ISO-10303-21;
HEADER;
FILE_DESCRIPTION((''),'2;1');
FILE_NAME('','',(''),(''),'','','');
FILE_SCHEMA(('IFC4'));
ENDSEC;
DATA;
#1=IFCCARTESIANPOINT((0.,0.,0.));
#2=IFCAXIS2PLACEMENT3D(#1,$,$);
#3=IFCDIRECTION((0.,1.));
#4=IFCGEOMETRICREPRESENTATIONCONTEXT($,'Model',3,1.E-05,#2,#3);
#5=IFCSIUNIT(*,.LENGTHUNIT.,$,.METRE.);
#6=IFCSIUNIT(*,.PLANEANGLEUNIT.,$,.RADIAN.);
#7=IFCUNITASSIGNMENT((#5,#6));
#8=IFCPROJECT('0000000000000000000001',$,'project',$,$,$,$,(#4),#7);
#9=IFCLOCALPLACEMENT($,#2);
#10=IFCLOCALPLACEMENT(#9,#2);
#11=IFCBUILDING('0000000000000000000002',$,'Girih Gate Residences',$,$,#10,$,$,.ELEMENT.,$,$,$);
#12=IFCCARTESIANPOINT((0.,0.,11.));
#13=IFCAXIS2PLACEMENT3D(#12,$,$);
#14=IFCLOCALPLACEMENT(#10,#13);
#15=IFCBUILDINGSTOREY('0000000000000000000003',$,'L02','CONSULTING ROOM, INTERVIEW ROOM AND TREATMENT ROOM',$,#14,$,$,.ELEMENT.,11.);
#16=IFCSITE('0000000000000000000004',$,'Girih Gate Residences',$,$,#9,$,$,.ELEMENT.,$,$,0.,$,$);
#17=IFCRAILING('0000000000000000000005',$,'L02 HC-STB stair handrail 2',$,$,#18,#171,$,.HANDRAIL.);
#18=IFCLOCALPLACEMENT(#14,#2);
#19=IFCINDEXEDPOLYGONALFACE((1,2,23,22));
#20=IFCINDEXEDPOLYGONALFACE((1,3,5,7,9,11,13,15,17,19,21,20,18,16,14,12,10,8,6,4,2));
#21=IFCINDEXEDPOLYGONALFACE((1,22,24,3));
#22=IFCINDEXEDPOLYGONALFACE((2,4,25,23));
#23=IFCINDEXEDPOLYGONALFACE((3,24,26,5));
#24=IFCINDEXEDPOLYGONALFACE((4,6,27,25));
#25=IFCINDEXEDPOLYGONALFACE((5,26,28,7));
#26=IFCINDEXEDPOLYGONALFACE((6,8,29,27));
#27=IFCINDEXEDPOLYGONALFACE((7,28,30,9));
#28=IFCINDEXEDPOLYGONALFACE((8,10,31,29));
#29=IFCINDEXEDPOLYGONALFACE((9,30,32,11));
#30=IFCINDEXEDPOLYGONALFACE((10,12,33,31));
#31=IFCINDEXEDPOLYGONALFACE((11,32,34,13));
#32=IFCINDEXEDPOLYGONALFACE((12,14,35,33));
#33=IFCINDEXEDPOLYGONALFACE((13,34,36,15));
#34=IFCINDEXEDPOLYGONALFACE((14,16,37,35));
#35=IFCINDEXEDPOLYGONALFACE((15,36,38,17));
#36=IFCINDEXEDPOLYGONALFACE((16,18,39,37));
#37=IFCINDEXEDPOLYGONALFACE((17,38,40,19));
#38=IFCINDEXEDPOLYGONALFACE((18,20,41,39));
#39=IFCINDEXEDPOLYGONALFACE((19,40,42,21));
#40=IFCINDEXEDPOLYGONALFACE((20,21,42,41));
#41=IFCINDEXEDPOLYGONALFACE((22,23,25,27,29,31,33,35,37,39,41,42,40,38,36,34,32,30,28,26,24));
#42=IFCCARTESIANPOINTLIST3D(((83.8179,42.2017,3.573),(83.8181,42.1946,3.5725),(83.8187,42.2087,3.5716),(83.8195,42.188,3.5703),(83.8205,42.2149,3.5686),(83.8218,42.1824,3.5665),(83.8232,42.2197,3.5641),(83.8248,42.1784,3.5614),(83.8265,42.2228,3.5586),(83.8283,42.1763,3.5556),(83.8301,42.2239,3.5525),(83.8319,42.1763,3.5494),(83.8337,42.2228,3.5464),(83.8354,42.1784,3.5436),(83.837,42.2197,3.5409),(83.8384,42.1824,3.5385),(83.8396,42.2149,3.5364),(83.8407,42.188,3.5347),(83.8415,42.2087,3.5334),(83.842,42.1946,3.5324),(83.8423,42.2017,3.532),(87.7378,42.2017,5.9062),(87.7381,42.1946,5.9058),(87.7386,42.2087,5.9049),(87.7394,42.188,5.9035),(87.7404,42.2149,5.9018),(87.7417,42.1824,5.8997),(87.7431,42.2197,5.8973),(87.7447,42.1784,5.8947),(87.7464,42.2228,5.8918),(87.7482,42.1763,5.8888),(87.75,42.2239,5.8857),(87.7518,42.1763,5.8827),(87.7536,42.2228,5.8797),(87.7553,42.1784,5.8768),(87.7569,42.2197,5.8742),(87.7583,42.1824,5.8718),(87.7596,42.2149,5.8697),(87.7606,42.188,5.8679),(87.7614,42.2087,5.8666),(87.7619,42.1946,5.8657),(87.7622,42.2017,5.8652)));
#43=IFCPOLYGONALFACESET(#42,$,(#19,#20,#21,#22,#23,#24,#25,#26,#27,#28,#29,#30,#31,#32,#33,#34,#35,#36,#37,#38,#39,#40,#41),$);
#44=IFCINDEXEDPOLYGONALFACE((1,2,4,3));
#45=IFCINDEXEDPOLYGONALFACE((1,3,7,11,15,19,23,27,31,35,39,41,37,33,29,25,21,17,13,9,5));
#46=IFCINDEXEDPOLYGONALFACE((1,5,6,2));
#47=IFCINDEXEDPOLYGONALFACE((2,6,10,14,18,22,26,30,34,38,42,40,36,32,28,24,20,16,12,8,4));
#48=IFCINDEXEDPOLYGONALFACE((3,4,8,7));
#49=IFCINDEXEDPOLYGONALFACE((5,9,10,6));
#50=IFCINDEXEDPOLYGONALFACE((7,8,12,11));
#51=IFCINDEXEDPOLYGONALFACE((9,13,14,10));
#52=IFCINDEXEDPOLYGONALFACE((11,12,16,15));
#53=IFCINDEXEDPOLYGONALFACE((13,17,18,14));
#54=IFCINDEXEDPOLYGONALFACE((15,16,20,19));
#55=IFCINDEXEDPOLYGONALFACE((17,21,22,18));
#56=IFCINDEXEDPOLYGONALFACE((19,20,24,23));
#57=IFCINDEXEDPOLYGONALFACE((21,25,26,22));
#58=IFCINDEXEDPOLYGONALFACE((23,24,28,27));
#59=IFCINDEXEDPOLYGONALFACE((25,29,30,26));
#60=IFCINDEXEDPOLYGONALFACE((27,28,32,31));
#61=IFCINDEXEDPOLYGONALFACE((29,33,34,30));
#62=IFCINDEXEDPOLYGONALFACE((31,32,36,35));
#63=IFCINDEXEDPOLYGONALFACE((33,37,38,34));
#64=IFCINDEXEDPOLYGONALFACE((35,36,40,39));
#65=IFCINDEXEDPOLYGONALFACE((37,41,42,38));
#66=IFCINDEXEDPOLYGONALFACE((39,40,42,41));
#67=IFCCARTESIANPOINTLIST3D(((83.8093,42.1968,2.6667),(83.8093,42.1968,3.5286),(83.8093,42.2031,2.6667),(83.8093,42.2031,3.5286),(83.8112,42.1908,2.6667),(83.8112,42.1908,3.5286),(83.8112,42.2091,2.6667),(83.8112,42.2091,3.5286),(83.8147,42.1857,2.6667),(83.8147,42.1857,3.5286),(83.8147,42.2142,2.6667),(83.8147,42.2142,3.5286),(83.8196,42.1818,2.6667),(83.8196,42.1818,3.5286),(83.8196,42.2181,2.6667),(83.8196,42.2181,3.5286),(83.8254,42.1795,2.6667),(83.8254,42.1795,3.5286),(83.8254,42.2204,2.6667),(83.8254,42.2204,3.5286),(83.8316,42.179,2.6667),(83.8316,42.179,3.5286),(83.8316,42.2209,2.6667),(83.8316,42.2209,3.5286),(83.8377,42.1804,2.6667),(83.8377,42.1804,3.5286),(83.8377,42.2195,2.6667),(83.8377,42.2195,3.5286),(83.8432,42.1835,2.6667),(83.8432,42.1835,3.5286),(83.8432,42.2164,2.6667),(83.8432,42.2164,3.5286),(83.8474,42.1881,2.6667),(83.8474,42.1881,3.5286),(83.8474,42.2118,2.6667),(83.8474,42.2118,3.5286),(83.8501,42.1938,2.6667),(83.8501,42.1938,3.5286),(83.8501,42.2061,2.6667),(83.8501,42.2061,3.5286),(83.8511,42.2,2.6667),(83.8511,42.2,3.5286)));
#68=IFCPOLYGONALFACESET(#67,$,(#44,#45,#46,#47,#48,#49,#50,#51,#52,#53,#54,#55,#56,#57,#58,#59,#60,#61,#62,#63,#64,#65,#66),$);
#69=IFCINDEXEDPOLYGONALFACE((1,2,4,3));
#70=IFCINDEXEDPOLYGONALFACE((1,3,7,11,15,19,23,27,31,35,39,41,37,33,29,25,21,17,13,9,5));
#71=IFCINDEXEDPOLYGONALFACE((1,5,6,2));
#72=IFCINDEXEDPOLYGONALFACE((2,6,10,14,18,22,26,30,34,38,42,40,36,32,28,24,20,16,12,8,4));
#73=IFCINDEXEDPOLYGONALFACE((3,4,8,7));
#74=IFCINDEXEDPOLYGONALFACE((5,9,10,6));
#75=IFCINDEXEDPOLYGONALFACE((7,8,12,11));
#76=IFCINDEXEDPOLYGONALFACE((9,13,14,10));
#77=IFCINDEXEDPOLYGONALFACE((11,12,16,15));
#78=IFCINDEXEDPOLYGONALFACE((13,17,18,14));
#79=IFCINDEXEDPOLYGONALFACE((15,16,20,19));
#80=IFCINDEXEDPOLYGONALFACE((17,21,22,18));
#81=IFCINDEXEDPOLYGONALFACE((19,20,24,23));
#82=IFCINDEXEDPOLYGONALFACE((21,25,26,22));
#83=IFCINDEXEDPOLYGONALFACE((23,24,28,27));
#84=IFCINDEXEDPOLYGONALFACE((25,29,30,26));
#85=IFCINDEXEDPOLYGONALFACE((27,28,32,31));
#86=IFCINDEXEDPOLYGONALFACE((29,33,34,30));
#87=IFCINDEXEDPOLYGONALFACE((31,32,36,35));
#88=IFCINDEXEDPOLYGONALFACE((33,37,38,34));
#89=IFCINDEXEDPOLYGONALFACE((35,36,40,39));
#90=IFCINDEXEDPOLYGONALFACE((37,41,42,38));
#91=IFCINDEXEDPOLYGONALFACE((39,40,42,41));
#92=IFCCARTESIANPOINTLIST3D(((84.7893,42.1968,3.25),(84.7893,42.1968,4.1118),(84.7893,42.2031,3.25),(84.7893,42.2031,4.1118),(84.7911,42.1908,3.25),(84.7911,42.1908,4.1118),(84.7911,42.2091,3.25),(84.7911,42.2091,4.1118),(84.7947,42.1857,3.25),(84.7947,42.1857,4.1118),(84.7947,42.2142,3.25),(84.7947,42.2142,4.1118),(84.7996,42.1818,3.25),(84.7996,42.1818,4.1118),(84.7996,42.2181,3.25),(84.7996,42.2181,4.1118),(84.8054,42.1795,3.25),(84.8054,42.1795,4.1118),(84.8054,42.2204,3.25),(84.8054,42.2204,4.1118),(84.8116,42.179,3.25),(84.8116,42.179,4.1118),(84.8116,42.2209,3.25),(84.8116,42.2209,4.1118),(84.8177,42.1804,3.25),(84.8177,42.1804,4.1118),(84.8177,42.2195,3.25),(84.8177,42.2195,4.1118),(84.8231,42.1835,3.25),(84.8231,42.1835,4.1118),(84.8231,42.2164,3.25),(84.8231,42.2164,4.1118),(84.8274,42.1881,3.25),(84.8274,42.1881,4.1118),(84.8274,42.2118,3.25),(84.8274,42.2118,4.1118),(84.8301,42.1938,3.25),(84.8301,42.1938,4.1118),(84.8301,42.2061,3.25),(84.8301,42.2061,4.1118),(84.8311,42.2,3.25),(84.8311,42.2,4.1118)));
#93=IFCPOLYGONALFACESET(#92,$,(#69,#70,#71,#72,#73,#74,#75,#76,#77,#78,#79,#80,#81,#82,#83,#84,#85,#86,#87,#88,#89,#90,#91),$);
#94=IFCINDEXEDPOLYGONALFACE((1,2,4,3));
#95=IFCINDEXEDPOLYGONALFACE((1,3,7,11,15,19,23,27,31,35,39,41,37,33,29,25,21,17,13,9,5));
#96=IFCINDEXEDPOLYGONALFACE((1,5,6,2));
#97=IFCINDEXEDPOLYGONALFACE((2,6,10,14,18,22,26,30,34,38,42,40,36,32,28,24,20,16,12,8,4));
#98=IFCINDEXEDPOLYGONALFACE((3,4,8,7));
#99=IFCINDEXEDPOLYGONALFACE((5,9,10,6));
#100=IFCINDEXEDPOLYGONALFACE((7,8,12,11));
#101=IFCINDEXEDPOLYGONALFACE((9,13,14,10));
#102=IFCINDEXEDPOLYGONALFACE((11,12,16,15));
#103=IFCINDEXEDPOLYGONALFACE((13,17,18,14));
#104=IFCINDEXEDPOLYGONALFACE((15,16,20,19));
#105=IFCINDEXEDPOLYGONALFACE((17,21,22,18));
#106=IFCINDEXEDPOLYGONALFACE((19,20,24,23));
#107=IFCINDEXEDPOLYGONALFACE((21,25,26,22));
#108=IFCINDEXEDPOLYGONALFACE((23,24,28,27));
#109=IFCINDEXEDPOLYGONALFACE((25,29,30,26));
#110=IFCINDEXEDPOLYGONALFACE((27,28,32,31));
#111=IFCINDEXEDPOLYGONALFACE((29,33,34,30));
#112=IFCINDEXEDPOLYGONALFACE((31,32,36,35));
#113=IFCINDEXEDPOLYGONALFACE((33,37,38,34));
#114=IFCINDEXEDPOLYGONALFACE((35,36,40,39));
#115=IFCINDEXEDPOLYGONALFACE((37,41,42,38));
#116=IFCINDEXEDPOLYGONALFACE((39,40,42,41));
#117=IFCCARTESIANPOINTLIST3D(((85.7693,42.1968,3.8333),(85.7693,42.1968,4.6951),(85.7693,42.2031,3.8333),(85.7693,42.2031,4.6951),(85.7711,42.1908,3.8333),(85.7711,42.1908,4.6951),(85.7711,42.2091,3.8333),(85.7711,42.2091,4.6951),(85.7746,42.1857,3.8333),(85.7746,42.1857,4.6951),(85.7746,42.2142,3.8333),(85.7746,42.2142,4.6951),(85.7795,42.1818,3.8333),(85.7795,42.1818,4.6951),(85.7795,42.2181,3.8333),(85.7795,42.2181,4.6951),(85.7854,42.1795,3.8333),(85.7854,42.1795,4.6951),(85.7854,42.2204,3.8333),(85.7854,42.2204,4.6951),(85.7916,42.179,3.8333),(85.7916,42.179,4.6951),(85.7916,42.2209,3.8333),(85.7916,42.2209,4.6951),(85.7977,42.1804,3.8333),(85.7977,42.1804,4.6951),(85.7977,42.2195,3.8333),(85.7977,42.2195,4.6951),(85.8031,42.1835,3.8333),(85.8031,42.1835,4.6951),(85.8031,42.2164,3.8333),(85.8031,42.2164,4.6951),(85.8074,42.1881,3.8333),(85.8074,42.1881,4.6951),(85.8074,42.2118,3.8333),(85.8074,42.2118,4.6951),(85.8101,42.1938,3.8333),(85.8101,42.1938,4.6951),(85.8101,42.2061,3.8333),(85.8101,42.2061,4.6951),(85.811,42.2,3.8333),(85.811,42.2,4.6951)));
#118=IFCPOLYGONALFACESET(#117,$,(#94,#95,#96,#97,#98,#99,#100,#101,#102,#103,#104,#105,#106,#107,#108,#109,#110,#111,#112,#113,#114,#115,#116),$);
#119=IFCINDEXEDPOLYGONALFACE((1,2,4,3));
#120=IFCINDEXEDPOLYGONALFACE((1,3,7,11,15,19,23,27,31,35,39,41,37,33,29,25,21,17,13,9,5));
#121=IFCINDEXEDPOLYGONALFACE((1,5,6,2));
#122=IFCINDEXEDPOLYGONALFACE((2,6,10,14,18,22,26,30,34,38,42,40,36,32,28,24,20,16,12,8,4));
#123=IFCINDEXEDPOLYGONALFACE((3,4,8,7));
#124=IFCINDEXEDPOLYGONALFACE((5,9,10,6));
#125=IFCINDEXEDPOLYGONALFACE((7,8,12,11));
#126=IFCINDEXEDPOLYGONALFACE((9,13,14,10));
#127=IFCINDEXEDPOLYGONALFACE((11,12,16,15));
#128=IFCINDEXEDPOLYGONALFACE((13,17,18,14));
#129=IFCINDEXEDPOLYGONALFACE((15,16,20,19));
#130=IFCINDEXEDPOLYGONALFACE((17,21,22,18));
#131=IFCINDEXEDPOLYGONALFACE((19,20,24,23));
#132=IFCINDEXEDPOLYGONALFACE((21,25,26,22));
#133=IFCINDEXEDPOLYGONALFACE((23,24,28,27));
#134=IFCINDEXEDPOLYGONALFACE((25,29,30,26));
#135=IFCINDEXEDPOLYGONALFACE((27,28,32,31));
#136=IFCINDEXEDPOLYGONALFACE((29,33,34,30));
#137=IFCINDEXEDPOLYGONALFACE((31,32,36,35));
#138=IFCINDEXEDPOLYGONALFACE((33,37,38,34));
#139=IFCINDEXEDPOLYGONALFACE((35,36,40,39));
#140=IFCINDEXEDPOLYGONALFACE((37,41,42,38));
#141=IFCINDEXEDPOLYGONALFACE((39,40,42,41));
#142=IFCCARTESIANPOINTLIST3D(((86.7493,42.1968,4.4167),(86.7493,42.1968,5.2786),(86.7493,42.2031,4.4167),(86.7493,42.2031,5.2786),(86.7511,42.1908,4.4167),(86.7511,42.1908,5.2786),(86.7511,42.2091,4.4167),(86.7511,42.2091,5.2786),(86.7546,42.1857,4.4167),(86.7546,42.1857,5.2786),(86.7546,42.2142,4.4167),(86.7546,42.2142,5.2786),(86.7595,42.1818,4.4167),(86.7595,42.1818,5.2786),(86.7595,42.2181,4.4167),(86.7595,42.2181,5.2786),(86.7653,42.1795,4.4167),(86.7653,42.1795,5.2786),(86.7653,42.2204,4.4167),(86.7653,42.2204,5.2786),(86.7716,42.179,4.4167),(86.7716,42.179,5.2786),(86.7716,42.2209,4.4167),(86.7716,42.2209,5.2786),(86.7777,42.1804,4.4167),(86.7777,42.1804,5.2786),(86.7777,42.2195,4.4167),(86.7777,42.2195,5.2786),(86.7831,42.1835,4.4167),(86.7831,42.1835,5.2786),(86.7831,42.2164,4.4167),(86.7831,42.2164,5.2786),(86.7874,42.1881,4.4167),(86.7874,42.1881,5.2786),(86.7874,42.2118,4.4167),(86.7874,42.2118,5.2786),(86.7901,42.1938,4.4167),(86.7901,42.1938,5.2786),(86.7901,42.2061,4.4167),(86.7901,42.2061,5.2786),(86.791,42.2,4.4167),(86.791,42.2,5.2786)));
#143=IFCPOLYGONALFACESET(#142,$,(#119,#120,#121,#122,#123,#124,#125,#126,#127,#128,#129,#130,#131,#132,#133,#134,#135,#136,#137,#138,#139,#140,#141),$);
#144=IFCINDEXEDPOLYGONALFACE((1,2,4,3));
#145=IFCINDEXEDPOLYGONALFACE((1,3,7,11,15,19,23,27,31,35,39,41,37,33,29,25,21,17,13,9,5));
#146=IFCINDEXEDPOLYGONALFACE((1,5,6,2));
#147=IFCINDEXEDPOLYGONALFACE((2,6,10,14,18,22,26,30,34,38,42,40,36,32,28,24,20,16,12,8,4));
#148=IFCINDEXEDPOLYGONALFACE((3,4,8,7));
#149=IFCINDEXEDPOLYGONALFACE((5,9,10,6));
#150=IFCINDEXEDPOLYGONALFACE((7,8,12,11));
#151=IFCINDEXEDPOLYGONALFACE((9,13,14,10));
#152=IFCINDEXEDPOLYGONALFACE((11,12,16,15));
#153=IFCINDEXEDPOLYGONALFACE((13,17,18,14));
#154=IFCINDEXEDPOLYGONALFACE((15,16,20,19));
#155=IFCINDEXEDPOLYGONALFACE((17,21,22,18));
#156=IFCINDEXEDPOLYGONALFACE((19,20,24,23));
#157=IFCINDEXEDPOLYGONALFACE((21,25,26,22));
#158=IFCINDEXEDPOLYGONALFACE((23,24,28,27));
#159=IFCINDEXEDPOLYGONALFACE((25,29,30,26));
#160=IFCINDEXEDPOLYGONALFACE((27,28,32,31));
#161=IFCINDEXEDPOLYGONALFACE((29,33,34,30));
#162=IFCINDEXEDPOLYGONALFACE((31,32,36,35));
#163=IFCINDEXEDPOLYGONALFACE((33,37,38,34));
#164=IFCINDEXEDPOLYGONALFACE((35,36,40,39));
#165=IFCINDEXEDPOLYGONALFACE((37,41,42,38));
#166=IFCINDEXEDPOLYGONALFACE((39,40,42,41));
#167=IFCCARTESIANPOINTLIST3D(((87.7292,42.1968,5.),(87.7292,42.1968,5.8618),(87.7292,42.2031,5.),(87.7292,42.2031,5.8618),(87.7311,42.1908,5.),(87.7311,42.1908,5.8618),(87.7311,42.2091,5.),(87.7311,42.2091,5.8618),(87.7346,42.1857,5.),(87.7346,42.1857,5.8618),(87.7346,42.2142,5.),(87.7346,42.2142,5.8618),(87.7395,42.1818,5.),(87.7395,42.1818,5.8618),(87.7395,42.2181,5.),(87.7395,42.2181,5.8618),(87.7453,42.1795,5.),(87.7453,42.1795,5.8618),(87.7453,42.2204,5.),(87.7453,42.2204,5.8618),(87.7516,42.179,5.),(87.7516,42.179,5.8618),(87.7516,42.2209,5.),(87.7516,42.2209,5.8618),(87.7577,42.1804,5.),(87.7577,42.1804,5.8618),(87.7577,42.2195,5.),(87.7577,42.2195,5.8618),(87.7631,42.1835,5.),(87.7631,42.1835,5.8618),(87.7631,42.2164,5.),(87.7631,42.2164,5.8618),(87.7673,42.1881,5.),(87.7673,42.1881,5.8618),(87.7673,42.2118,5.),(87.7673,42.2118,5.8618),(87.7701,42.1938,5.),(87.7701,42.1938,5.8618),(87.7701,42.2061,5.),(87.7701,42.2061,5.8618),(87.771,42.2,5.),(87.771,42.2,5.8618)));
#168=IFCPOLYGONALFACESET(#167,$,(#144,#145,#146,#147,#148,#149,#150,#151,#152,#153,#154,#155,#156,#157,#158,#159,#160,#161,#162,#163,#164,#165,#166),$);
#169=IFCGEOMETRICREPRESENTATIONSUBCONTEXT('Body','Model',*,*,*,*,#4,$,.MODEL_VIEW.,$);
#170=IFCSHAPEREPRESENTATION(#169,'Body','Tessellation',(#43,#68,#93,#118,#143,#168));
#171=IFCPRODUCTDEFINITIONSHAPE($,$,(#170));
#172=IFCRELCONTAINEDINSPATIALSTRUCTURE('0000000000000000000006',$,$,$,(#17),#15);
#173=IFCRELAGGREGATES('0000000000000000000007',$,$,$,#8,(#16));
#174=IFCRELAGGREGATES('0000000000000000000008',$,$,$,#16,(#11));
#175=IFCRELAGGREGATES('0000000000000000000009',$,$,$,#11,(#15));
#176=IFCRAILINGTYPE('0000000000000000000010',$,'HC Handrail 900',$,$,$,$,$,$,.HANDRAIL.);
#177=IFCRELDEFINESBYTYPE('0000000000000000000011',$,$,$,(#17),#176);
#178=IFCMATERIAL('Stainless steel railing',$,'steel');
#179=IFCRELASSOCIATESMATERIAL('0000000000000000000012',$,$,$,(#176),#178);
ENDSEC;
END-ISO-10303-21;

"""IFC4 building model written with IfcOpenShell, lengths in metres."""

from ifc_helpers import new_model, si_unit, direction, frame, origin, origin_2d, place, context, subcontext, project, spatial, circle, extrude, material, type_object, element, save


model = new_model("IFC4")

# Units and contexts
model_context = context("Model", 3, precision=1e-05, world=origin(), true_north=direction((0.0, 1.0)))
body_context = subcontext(model_context, "Body", "Model", "MODEL_VIEW")
ifc_project = project(units=[si_unit("LENGTHUNIT", "METRE"), si_unit("PLANEANGLEUNIT", "RADIAN")], contexts=[model_context])

# Site, building, storey
site_placement = place(None, origin())
site = spatial("IfcSite", under=ifc_project, at=site_placement, Name="Girih Gate Residences", CompositionType="ELEMENT", RefElevation=0.0)
building_placement = place(site_placement, origin())
building = spatial("IfcBuilding", under=site, at=building_placement, Name="Girih Gate Residences", CompositionType="ELEMENT")
storey_placement = place(building_placement, frame((0.0, 0.0, 11.0)))
storey = spatial("IfcBuildingStorey", under=building, at=storey_placement, Name="L02", Description="CONSULTING ROOM, INTERVIEW ROOM AND TREATMENT ROOM", CompositionType="ELEMENT", Elevation=11.0)

# Railing
ifc_material_1 = material(Name="Stainless steel railing", Category="steel")
railing_type_1 = type_object("IfcRailingType", Name="HC Handrail 900", PredefinedType="HANDRAIL", material=ifc_material_1)
railing_1_placement = place(storey_placement, frame((83.8301, 42.2, 2.6667)))
element("IfcRailing", 1, at=railing_1_placement, inside=storey, type_object=railing_type_1, Name="L02 HC-STB stair handrail 2", PredefinedType="HANDRAIL", context=body_context, shape_type="SweptSolid", body=[
    extrude(circle(Radius=0.0239, at=origin_2d()), frame((0.0, 0.0, 0.8857), z_axis=(0.859296, 0.0, 0.511478), x_axis=(0.0, 1.0, 0.0)), (0.0, 0.0, 1.0), 4.5618),
    extrude(circle(Radius=0.021, at=origin_2d()), origin(), (0.0, 0.0, 1.0), 0.8618),
    extrude(circle(Radius=0.021, at=origin_2d()), frame((0.98, 0.0, 0.5833)), (0.0, 0.0, 1.0), 0.8618),
    extrude(circle(Radius=0.021, at=origin_2d()), frame((1.96, 0.0, 1.1665)), (0.0, 0.0, 1.0), 0.8618),
    extrude(circle(Radius=0.021, at=origin_2d()), frame((2.9399, 0.0, 1.75)), (0.0, 0.0, 1.0), 0.8618),
    extrude(circle(Radius=0.021, at=origin_2d()), frame((3.9199, 0.0, 2.3333)), (0.0, 0.0, 1.0), 0.8618),
])

save(model, "model.ifc")
